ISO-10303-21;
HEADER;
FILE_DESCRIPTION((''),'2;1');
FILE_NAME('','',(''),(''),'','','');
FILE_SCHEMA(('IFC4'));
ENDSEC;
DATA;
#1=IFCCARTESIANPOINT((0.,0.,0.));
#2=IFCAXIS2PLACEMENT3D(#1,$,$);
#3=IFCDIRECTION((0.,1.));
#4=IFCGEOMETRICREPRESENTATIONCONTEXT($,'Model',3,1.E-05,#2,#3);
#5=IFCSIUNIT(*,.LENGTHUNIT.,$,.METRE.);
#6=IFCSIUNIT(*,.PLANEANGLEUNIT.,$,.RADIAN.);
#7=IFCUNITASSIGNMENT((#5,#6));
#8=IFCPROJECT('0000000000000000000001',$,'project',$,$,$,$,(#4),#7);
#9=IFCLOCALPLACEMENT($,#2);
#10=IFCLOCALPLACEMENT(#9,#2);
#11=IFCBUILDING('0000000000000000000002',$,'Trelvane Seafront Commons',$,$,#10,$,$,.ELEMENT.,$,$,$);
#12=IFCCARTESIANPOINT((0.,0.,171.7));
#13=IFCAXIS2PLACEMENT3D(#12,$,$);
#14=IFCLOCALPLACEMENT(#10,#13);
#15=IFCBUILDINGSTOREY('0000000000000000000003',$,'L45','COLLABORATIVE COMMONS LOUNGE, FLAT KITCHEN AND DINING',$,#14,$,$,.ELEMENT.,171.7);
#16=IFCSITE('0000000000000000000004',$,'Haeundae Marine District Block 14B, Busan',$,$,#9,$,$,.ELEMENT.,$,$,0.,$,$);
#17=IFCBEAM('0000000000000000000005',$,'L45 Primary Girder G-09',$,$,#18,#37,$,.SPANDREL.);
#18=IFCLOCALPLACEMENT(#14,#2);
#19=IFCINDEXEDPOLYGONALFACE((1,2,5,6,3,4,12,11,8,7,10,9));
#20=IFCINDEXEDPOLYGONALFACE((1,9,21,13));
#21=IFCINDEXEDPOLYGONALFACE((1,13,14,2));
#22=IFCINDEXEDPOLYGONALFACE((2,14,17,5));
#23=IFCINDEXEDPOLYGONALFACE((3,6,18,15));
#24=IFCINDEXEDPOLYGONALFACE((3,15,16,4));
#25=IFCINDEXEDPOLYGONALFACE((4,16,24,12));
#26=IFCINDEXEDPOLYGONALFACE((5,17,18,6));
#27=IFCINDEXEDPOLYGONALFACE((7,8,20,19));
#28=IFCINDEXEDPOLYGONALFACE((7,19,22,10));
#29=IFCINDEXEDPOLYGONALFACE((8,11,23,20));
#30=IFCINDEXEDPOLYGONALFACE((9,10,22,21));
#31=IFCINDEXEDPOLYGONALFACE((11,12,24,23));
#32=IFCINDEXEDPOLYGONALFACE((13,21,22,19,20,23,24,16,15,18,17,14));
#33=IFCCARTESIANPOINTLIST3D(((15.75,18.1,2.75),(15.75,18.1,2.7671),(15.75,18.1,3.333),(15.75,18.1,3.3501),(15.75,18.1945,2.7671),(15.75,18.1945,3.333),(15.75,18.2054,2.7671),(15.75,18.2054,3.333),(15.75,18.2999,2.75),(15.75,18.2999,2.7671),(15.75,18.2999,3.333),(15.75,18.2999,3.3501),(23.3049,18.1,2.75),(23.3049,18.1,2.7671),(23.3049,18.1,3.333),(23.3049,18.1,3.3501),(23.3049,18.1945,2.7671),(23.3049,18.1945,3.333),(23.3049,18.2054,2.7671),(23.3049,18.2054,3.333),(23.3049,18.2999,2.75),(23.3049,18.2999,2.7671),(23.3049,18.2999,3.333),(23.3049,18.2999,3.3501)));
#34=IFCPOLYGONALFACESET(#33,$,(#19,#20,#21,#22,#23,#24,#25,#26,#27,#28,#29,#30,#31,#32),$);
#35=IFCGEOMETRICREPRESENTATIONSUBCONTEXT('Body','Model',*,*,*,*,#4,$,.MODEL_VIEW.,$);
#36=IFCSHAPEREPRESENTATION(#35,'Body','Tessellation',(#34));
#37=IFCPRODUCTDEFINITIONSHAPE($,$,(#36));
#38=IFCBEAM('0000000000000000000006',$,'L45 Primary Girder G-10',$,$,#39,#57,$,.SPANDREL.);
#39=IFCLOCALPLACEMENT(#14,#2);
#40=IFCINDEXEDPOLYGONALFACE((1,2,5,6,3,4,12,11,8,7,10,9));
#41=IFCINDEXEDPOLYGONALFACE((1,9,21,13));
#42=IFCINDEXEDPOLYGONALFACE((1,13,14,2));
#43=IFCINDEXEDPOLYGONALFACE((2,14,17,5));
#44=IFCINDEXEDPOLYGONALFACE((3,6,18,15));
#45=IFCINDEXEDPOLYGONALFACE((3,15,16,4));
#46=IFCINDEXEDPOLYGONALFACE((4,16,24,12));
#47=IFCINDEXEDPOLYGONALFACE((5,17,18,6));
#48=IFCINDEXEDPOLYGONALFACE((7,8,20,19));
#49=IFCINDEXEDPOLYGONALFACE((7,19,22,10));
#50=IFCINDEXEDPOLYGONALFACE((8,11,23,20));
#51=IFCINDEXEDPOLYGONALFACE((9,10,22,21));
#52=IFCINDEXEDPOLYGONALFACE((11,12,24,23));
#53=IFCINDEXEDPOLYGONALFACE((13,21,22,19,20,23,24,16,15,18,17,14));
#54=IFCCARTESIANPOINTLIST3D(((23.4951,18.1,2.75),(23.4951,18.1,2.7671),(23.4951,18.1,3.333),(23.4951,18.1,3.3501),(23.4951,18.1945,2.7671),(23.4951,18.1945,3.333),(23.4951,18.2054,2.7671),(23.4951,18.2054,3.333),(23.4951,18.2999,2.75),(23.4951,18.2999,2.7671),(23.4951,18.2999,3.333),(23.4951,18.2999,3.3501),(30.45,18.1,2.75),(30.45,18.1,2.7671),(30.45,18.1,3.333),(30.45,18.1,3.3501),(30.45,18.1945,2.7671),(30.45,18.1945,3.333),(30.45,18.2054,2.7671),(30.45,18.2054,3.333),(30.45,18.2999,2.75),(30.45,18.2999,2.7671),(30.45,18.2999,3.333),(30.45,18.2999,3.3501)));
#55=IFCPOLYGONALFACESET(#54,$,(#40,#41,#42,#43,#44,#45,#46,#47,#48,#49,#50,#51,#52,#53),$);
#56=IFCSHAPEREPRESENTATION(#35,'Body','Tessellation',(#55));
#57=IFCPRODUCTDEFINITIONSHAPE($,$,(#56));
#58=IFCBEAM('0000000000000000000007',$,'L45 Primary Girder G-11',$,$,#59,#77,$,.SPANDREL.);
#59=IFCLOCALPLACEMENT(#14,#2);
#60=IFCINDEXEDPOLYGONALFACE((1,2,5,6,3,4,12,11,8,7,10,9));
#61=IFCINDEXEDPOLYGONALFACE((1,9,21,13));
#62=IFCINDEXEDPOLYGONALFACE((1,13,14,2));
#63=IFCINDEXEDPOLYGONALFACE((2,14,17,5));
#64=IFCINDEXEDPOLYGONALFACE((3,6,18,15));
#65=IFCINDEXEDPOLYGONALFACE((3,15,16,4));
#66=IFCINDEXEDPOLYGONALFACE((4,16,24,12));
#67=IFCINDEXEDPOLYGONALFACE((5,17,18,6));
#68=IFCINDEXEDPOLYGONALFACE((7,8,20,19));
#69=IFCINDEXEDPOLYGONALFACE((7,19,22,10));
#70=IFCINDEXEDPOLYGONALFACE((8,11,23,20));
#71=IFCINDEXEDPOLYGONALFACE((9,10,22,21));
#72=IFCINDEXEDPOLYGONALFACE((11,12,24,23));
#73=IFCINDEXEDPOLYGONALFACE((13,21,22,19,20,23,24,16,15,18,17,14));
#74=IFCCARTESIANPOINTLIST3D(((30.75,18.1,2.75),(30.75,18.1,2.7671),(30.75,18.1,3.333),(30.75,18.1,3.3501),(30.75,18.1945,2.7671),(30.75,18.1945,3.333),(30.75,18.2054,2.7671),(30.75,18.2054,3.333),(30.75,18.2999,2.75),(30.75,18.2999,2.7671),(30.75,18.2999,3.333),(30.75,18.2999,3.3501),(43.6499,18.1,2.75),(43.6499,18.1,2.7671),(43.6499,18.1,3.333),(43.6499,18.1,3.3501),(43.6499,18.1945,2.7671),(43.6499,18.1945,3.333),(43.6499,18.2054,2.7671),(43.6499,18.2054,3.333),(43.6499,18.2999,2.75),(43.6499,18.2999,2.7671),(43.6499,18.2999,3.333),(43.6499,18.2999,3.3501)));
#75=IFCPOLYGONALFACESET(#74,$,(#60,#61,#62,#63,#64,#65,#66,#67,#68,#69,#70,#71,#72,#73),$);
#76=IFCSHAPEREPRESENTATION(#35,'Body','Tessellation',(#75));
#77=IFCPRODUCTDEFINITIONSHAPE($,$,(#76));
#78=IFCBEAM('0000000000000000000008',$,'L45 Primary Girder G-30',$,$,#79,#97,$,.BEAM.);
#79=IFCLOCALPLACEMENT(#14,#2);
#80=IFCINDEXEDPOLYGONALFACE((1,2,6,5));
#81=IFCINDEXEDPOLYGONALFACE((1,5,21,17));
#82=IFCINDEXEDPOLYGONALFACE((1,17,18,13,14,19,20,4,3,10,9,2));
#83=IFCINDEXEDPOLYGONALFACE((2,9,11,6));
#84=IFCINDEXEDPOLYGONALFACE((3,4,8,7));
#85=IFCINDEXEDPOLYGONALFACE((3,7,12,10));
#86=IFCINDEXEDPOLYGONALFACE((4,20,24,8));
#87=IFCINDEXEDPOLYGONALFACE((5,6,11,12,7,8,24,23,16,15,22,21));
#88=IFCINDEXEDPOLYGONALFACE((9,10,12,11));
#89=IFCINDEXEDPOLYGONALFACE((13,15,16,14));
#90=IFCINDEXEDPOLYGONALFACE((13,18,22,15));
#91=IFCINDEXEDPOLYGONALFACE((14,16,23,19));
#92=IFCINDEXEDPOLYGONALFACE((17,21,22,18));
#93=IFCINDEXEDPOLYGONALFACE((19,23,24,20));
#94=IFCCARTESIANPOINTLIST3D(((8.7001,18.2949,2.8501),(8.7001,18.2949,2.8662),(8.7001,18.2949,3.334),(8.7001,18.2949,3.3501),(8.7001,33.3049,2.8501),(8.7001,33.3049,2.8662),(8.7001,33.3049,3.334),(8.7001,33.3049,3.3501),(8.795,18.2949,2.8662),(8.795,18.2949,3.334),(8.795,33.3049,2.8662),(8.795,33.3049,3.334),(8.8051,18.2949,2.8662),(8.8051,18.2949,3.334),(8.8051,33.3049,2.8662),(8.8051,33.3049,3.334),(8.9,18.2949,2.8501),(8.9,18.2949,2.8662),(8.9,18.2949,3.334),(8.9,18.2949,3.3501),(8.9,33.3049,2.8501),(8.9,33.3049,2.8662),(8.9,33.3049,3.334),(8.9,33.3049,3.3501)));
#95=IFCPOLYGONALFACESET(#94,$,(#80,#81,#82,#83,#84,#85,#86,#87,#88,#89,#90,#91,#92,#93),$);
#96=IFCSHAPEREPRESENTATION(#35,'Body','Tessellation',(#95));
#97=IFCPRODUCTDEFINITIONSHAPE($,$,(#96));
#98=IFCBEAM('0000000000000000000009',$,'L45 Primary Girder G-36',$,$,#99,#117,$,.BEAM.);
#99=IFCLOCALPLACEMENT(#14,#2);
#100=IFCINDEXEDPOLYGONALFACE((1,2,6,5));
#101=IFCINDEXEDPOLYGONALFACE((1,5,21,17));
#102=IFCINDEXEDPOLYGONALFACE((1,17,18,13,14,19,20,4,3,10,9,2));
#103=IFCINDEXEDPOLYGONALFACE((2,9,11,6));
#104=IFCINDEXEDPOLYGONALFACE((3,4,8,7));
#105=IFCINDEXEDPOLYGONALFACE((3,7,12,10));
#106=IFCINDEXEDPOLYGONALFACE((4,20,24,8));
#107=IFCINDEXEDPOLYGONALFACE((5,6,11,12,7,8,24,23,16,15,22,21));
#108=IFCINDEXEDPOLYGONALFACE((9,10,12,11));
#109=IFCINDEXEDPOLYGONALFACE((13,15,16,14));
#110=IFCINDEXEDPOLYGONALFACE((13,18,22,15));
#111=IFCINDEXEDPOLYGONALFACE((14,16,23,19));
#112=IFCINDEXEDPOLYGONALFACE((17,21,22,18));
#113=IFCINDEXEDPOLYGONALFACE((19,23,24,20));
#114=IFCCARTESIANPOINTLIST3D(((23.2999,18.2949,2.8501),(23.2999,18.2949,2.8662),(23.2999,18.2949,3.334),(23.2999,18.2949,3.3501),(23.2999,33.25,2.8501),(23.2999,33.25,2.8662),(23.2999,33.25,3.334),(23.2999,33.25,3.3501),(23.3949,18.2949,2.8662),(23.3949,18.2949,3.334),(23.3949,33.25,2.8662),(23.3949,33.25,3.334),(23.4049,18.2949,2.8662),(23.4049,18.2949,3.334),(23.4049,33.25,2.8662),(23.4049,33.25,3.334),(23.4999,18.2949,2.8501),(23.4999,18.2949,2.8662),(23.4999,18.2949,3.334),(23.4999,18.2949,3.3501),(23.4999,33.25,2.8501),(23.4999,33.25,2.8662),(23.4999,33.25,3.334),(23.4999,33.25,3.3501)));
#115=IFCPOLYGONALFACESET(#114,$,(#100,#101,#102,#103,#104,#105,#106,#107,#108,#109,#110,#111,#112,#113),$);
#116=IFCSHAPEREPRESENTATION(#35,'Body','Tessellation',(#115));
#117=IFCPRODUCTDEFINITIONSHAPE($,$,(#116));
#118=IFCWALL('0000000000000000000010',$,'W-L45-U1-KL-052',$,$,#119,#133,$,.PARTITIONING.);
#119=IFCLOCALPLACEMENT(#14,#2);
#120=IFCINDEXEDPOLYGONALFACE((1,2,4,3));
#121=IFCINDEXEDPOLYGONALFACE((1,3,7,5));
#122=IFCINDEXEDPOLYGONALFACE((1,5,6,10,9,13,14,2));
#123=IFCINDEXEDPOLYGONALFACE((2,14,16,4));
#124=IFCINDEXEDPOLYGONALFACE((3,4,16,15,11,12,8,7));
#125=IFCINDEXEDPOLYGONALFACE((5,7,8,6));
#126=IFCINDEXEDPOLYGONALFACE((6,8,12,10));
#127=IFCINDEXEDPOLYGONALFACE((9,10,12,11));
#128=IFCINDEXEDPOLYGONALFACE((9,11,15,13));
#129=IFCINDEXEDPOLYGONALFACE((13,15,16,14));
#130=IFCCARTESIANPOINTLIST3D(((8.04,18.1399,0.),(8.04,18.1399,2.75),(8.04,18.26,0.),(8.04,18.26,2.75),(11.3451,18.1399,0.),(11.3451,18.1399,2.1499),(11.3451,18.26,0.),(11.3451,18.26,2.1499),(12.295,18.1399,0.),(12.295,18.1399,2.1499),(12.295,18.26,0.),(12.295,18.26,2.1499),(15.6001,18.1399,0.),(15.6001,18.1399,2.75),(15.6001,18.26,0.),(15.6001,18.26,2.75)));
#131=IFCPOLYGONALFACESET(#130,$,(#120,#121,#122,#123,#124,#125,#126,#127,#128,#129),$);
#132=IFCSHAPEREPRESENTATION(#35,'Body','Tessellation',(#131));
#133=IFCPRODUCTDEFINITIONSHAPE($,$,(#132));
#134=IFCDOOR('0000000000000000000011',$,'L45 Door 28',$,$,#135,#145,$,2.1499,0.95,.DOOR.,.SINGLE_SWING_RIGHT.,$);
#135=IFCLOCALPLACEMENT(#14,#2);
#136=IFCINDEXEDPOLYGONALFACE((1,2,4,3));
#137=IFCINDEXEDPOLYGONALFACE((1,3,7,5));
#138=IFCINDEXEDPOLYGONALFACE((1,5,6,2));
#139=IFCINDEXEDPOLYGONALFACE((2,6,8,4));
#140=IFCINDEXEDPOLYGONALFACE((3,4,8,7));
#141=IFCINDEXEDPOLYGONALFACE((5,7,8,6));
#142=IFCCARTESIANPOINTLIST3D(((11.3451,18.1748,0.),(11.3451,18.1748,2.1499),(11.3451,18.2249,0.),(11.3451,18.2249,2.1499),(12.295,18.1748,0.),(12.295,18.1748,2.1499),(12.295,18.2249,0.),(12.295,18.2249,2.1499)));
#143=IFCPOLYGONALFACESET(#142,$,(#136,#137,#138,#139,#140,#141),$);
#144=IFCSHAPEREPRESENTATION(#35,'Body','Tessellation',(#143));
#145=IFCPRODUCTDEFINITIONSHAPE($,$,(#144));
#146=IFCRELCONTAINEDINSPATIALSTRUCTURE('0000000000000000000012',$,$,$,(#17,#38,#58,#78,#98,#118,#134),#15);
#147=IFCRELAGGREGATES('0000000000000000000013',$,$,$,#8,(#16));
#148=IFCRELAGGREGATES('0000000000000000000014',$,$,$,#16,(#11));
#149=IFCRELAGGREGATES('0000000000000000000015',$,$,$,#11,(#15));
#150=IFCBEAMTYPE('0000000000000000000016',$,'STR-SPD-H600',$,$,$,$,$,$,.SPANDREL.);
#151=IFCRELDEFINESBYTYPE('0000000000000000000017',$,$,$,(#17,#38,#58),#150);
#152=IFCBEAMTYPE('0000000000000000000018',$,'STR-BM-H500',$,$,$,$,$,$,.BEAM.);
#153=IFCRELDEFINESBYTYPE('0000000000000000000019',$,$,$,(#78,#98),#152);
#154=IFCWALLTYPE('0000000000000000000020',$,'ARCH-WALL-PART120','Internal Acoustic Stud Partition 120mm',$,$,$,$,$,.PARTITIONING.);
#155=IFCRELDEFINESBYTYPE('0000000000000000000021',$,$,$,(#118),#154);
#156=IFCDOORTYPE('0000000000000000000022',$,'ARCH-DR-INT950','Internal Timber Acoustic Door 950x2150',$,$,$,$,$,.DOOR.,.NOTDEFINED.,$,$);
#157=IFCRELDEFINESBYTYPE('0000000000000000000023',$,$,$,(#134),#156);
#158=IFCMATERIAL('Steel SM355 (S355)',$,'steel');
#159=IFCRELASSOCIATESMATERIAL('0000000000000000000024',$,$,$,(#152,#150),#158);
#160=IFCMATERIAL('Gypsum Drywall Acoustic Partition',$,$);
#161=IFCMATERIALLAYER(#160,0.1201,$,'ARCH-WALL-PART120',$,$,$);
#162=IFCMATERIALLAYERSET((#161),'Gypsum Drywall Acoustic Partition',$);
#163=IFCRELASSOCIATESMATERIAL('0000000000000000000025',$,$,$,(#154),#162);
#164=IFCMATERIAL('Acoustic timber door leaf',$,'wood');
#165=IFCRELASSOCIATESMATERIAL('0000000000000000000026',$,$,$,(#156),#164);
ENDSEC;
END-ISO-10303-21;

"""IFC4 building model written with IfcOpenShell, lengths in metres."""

from ifc_helpers import new_model, si_unit, direction, frame, frame_2d, origin, origin_2d, place, context, subcontext, project, spatial, rectangle, i_section, extrude, source, transform, mapped, material, layer, layer_set, material_profile, profile_set, type_object, element, fill, save


model = new_model("IFC4")

# Units and contexts
model_context = context("Model", 3, precision=1e-05, world=origin(), true_north=direction((0.0, 1.0)))
body_context = subcontext(model_context, "Body", "Model", "MODEL_VIEW")
ifc_project = project(units=[si_unit("LENGTHUNIT", "METRE"), si_unit("PLANEANGLEUNIT", "RADIAN")], contexts=[model_context])

# Site, building, storey
site_placement = place(None, origin())
site = spatial("IfcSite", under=ifc_project, at=site_placement, Name="Haeundae Marine District Block 14B, Busan", CompositionType="ELEMENT", RefElevation=0.0)
building_placement = place(site_placement, origin())
building = spatial("IfcBuilding", under=site, at=building_placement, Name="Trelvane Seafront Commons", CompositionType="ELEMENT")
storey_placement = place(building_placement, frame((0.0, 0.0, 171.7)))
storey = spatial("IfcBuildingStorey", under=building, at=storey_placement, Name="L45", Description="COLLABORATIVE COMMONS LOUNGE, FLAT KITCHEN AND DINING", CompositionType="ELEMENT", Elevation=171.7)

# Shared definitions
ifc_material_1 = material(Name="Steel SM355 (S355)", Category="steel")

# Beams
ifc_material_profile_1 = material_profile(ifc_material_1, i_section(OverallWidth=0.2, OverallDepth=0.5, WebThickness=0.01, FlangeThickness=0.0161, at=origin_2d()), Name="H-500x200x10x16")
ifc_profile_set_1 = profile_set([ifc_material_profile_1], Name="Steel SM355 (S355)")
beam_type_1 = type_object("IfcBeamType", Name="STR-BM-H500", PredefinedType="BEAM", material=ifc_profile_set_1)
ifc_material_profile_2 = material_profile(ifc_material_1, i_section(OverallWidth=0.2, OverallDepth=0.6001, WebThickness=0.011, FlangeThickness=0.0171, at=origin_2d()), Name="H-600x200x11x17")
ifc_profile_set_2 = profile_set([ifc_material_profile_2], Name="Steel SM355 (S355)")
beam_type_2 = type_object("IfcBeamType", Name="STR-SPD-H600", PredefinedType="SPANDREL", material=ifc_profile_set_2)
shared_shape_1 = source(origin(), body_context, "Body", "SweptSolid", [
    extrude(i_section(OverallWidth=0.2, OverallDepth=0.6001, WebThickness=0.011, FlangeThickness=0.0171, at=origin_2d()), origin(), (0.0, 0.0, 1.0), 7.5549),
])
beam_1_placement = place(storey_placement, frame((15.75, 18.2, 3.05), z_axis=(1.0, 0.0, 0.0), x_axis=(0.0, 1.0, 0.0)))
element("IfcBeam", 1, at=beam_1_placement, inside=storey, type_object=beam_type_2, Name="L45 Primary Girder G-09", PredefinedType="SPANDREL", context=body_context, shape_type="MappedRepresentation", body=[
    mapped(shared_shape_1, transform((0.0, 0.0, 0.0), x_axis=(1.0, 0.0, 0.0), y_axis=(0.0, 1.0, 0.0), z_axis=(0.0, 0.0, 1.0), scale=1.0)),
])
shared_shape_2 = source(origin(), body_context, "Body", "SweptSolid", [
    extrude(i_section(OverallWidth=0.2, OverallDepth=0.6001, WebThickness=0.011, FlangeThickness=0.0171, at=origin_2d()), origin(), (0.0, 0.0, 1.0), 6.9548),
])
beam_2_placement = place(storey_placement, frame((23.4951, 18.2, 3.05), z_axis=(1.0, 0.0, 0.0), x_axis=(0.0, 1.0, 0.0)))
element("IfcBeam", 2, at=beam_2_placement, inside=storey, type_object=beam_type_2, Name="L45 Primary Girder G-10", PredefinedType="SPANDREL", context=body_context, shape_type="MappedRepresentation", body=[
    mapped(shared_shape_2, transform((0.0, 0.0, 0.0), x_axis=(1.0, 0.0, 0.0), y_axis=(0.0, 1.0, 0.0), z_axis=(0.0, 0.0, 1.0), scale=1.0)),
])
shared_shape_3 = source(origin(), body_context, "Body", "SweptSolid", [
    extrude(i_section(OverallWidth=0.2, OverallDepth=0.6001, WebThickness=0.011, FlangeThickness=0.0171, at=origin_2d()), origin(), (0.0, 0.0, 1.0), 12.8999),
])
beam_3_placement = place(storey_placement, frame((30.75, 18.2, 3.05), z_axis=(1.0, 0.0, 0.0), x_axis=(0.0, 1.0, 0.0)))
element("IfcBeam", 3, at=beam_3_placement, inside=storey, type_object=beam_type_2, Name="L45 Primary Girder G-11", PredefinedType="SPANDREL", context=body_context, shape_type="MappedRepresentation", body=[
    mapped(shared_shape_3, transform((0.0, 0.0, 0.0), x_axis=(1.0, 0.0, 0.0), y_axis=(0.0, 1.0, 0.0), z_axis=(0.0, 0.0, 1.0), scale=1.0)),
])
shared_shape_4 = source(origin(), body_context, "Body", "SweptSolid", [
    extrude(i_section(OverallWidth=0.2, OverallDepth=0.5, WebThickness=0.01, FlangeThickness=0.0161, at=origin_2d()), origin(), (0.0, 0.0, 1.0), 15.01),
])
beam_4_placement = place(storey_placement, frame((8.8, 18.2949, 3.1001), z_axis=(0.0, 1.0, 0.0), x_axis=(-1.0, 0.0, 0.0)))
element("IfcBeam", 4, at=beam_4_placement, inside=storey, type_object=beam_type_1, Name="L45 Primary Girder G-30", PredefinedType="BEAM", context=body_context, shape_type="MappedRepresentation", body=[
    mapped(shared_shape_4, transform((0.0, 0.0, 0.0), x_axis=(1.0, 0.0, 0.0), y_axis=(0.0, 1.0, 0.0), z_axis=(0.0, 0.0, 1.0), scale=1.0)),
])
shared_shape_5 = source(origin(), body_context, "Body", "SweptSolid", [
    extrude(i_section(OverallWidth=0.2, OverallDepth=0.5, WebThickness=0.01, FlangeThickness=0.0161, at=origin_2d()), origin(), (0.0, 0.0, 1.0), 14.9551),
])
beam_5_placement = place(storey_placement, frame((23.3999, 18.2949, 3.1001), z_axis=(0.0, 1.0, 0.0), x_axis=(-1.0, 0.0, 0.0)))
element("IfcBeam", 5, at=beam_5_placement, inside=storey, type_object=beam_type_1, Name="L45 Primary Girder G-36", PredefinedType="BEAM", context=body_context, shape_type="MappedRepresentation", body=[
    mapped(shared_shape_5, transform((0.0, 0.0, 0.0), x_axis=(1.0, 0.0, 0.0), y_axis=(0.0, 1.0, 0.0), z_axis=(0.0, 0.0, 1.0), scale=1.0)),
])

# Wall, opening, door
ifc_material_2 = material(Name="Gypsum Drywall Acoustic Partition")
ifc_layer_1 = layer(ifc_material_2, 0.1201, Name="ARCH-WALL-PART120")
ifc_layer_set_1 = layer_set([ifc_layer_1], Name="Gypsum Drywall Acoustic Partition")
wall_type_1 = type_object("IfcWallType", Name="ARCH-WALL-PART120", Description="Internal Acoustic Stud Partition 120mm", PredefinedType="PARTITIONING", material=ifc_layer_set_1)
wall_1_placement = place(storey_placement, frame((8.04, 18.2, 0.0), z_axis=(0.0, 0.0, 1.0), x_axis=(1.0, 0.0, 0.0)))
wall_1 = element("IfcWall", 6, at=wall_1_placement, inside=storey, type_object=wall_type_1, Name="W-L45-U1-KL-052", PredefinedType="PARTITIONING", context=body_context, shape_type="SweptSolid", body=[
    extrude(rectangle(XDim=7.5601, YDim=0.1201, at=frame_2d((3.78, 0.0))), origin(), (0.0, 0.0, 1.0), 2.75),
])
opening_1_placement = place(wall_1_placement, frame((3.3049, 0.0, 0.0)))
opening_1 = element("IfcOpeningElement", 7, at=opening_1_placement, cuts=wall_1, PredefinedType="OPENING", context=body_context, shape_type="SweptSolid", body=[
    extrude(rectangle(XDim=0.95, YDim=2.1499, at=frame_2d((0.4751, 1.075))), frame((0.0, 0.0701, 0.0), z_axis=(0.0, -1.0, 0.0), x_axis=(1.0, 0.0, 0.0)), (0.0, 0.0, 1.0), 0.1401),
])
ifc_material_3 = material(Name="Acoustic timber door leaf", Category="wood")
door_type = type_object("IfcDoorType", Name="ARCH-DR-INT950", Description="Internal Timber Acoustic Door 950x2150", OperationType="NOTDEFINED", PredefinedType="DOOR", material=ifc_material_3)
shared_shape_6 = source(origin(), body_context, "Body", "SweptSolid", [
    extrude(rectangle(XDim=0.95, YDim=2.1499, at=frame_2d((0.4751, 1.075))), frame((0.0, 0.0249, 0.0), z_axis=(0.0, -1.0, 0.0), x_axis=(1.0, 0.0, 0.0)), (0.0, 0.0, 1.0), 0.05),
])
door_1_placement = place(opening_1_placement, origin())
door_1 = element("IfcDoor", 8, at=door_1_placement, inside=storey, type_object=door_type, Name="L45 Door 28", OperationType="SINGLE_SWING_RIGHT", OverallHeight=2.1499, OverallWidth=0.95, PredefinedType="DOOR", context=body_context, shape_type="MappedRepresentation", body=[
    mapped(shared_shape_6, transform((0.0, 0.0, 0.0), x_axis=(1.0, 0.0, 0.0), y_axis=(0.0, 1.0, 0.0), z_axis=(0.0, 0.0, 1.0), scale=1.0)),
])
fill(opening_1, door_1)

save(model, "model.ifc")
